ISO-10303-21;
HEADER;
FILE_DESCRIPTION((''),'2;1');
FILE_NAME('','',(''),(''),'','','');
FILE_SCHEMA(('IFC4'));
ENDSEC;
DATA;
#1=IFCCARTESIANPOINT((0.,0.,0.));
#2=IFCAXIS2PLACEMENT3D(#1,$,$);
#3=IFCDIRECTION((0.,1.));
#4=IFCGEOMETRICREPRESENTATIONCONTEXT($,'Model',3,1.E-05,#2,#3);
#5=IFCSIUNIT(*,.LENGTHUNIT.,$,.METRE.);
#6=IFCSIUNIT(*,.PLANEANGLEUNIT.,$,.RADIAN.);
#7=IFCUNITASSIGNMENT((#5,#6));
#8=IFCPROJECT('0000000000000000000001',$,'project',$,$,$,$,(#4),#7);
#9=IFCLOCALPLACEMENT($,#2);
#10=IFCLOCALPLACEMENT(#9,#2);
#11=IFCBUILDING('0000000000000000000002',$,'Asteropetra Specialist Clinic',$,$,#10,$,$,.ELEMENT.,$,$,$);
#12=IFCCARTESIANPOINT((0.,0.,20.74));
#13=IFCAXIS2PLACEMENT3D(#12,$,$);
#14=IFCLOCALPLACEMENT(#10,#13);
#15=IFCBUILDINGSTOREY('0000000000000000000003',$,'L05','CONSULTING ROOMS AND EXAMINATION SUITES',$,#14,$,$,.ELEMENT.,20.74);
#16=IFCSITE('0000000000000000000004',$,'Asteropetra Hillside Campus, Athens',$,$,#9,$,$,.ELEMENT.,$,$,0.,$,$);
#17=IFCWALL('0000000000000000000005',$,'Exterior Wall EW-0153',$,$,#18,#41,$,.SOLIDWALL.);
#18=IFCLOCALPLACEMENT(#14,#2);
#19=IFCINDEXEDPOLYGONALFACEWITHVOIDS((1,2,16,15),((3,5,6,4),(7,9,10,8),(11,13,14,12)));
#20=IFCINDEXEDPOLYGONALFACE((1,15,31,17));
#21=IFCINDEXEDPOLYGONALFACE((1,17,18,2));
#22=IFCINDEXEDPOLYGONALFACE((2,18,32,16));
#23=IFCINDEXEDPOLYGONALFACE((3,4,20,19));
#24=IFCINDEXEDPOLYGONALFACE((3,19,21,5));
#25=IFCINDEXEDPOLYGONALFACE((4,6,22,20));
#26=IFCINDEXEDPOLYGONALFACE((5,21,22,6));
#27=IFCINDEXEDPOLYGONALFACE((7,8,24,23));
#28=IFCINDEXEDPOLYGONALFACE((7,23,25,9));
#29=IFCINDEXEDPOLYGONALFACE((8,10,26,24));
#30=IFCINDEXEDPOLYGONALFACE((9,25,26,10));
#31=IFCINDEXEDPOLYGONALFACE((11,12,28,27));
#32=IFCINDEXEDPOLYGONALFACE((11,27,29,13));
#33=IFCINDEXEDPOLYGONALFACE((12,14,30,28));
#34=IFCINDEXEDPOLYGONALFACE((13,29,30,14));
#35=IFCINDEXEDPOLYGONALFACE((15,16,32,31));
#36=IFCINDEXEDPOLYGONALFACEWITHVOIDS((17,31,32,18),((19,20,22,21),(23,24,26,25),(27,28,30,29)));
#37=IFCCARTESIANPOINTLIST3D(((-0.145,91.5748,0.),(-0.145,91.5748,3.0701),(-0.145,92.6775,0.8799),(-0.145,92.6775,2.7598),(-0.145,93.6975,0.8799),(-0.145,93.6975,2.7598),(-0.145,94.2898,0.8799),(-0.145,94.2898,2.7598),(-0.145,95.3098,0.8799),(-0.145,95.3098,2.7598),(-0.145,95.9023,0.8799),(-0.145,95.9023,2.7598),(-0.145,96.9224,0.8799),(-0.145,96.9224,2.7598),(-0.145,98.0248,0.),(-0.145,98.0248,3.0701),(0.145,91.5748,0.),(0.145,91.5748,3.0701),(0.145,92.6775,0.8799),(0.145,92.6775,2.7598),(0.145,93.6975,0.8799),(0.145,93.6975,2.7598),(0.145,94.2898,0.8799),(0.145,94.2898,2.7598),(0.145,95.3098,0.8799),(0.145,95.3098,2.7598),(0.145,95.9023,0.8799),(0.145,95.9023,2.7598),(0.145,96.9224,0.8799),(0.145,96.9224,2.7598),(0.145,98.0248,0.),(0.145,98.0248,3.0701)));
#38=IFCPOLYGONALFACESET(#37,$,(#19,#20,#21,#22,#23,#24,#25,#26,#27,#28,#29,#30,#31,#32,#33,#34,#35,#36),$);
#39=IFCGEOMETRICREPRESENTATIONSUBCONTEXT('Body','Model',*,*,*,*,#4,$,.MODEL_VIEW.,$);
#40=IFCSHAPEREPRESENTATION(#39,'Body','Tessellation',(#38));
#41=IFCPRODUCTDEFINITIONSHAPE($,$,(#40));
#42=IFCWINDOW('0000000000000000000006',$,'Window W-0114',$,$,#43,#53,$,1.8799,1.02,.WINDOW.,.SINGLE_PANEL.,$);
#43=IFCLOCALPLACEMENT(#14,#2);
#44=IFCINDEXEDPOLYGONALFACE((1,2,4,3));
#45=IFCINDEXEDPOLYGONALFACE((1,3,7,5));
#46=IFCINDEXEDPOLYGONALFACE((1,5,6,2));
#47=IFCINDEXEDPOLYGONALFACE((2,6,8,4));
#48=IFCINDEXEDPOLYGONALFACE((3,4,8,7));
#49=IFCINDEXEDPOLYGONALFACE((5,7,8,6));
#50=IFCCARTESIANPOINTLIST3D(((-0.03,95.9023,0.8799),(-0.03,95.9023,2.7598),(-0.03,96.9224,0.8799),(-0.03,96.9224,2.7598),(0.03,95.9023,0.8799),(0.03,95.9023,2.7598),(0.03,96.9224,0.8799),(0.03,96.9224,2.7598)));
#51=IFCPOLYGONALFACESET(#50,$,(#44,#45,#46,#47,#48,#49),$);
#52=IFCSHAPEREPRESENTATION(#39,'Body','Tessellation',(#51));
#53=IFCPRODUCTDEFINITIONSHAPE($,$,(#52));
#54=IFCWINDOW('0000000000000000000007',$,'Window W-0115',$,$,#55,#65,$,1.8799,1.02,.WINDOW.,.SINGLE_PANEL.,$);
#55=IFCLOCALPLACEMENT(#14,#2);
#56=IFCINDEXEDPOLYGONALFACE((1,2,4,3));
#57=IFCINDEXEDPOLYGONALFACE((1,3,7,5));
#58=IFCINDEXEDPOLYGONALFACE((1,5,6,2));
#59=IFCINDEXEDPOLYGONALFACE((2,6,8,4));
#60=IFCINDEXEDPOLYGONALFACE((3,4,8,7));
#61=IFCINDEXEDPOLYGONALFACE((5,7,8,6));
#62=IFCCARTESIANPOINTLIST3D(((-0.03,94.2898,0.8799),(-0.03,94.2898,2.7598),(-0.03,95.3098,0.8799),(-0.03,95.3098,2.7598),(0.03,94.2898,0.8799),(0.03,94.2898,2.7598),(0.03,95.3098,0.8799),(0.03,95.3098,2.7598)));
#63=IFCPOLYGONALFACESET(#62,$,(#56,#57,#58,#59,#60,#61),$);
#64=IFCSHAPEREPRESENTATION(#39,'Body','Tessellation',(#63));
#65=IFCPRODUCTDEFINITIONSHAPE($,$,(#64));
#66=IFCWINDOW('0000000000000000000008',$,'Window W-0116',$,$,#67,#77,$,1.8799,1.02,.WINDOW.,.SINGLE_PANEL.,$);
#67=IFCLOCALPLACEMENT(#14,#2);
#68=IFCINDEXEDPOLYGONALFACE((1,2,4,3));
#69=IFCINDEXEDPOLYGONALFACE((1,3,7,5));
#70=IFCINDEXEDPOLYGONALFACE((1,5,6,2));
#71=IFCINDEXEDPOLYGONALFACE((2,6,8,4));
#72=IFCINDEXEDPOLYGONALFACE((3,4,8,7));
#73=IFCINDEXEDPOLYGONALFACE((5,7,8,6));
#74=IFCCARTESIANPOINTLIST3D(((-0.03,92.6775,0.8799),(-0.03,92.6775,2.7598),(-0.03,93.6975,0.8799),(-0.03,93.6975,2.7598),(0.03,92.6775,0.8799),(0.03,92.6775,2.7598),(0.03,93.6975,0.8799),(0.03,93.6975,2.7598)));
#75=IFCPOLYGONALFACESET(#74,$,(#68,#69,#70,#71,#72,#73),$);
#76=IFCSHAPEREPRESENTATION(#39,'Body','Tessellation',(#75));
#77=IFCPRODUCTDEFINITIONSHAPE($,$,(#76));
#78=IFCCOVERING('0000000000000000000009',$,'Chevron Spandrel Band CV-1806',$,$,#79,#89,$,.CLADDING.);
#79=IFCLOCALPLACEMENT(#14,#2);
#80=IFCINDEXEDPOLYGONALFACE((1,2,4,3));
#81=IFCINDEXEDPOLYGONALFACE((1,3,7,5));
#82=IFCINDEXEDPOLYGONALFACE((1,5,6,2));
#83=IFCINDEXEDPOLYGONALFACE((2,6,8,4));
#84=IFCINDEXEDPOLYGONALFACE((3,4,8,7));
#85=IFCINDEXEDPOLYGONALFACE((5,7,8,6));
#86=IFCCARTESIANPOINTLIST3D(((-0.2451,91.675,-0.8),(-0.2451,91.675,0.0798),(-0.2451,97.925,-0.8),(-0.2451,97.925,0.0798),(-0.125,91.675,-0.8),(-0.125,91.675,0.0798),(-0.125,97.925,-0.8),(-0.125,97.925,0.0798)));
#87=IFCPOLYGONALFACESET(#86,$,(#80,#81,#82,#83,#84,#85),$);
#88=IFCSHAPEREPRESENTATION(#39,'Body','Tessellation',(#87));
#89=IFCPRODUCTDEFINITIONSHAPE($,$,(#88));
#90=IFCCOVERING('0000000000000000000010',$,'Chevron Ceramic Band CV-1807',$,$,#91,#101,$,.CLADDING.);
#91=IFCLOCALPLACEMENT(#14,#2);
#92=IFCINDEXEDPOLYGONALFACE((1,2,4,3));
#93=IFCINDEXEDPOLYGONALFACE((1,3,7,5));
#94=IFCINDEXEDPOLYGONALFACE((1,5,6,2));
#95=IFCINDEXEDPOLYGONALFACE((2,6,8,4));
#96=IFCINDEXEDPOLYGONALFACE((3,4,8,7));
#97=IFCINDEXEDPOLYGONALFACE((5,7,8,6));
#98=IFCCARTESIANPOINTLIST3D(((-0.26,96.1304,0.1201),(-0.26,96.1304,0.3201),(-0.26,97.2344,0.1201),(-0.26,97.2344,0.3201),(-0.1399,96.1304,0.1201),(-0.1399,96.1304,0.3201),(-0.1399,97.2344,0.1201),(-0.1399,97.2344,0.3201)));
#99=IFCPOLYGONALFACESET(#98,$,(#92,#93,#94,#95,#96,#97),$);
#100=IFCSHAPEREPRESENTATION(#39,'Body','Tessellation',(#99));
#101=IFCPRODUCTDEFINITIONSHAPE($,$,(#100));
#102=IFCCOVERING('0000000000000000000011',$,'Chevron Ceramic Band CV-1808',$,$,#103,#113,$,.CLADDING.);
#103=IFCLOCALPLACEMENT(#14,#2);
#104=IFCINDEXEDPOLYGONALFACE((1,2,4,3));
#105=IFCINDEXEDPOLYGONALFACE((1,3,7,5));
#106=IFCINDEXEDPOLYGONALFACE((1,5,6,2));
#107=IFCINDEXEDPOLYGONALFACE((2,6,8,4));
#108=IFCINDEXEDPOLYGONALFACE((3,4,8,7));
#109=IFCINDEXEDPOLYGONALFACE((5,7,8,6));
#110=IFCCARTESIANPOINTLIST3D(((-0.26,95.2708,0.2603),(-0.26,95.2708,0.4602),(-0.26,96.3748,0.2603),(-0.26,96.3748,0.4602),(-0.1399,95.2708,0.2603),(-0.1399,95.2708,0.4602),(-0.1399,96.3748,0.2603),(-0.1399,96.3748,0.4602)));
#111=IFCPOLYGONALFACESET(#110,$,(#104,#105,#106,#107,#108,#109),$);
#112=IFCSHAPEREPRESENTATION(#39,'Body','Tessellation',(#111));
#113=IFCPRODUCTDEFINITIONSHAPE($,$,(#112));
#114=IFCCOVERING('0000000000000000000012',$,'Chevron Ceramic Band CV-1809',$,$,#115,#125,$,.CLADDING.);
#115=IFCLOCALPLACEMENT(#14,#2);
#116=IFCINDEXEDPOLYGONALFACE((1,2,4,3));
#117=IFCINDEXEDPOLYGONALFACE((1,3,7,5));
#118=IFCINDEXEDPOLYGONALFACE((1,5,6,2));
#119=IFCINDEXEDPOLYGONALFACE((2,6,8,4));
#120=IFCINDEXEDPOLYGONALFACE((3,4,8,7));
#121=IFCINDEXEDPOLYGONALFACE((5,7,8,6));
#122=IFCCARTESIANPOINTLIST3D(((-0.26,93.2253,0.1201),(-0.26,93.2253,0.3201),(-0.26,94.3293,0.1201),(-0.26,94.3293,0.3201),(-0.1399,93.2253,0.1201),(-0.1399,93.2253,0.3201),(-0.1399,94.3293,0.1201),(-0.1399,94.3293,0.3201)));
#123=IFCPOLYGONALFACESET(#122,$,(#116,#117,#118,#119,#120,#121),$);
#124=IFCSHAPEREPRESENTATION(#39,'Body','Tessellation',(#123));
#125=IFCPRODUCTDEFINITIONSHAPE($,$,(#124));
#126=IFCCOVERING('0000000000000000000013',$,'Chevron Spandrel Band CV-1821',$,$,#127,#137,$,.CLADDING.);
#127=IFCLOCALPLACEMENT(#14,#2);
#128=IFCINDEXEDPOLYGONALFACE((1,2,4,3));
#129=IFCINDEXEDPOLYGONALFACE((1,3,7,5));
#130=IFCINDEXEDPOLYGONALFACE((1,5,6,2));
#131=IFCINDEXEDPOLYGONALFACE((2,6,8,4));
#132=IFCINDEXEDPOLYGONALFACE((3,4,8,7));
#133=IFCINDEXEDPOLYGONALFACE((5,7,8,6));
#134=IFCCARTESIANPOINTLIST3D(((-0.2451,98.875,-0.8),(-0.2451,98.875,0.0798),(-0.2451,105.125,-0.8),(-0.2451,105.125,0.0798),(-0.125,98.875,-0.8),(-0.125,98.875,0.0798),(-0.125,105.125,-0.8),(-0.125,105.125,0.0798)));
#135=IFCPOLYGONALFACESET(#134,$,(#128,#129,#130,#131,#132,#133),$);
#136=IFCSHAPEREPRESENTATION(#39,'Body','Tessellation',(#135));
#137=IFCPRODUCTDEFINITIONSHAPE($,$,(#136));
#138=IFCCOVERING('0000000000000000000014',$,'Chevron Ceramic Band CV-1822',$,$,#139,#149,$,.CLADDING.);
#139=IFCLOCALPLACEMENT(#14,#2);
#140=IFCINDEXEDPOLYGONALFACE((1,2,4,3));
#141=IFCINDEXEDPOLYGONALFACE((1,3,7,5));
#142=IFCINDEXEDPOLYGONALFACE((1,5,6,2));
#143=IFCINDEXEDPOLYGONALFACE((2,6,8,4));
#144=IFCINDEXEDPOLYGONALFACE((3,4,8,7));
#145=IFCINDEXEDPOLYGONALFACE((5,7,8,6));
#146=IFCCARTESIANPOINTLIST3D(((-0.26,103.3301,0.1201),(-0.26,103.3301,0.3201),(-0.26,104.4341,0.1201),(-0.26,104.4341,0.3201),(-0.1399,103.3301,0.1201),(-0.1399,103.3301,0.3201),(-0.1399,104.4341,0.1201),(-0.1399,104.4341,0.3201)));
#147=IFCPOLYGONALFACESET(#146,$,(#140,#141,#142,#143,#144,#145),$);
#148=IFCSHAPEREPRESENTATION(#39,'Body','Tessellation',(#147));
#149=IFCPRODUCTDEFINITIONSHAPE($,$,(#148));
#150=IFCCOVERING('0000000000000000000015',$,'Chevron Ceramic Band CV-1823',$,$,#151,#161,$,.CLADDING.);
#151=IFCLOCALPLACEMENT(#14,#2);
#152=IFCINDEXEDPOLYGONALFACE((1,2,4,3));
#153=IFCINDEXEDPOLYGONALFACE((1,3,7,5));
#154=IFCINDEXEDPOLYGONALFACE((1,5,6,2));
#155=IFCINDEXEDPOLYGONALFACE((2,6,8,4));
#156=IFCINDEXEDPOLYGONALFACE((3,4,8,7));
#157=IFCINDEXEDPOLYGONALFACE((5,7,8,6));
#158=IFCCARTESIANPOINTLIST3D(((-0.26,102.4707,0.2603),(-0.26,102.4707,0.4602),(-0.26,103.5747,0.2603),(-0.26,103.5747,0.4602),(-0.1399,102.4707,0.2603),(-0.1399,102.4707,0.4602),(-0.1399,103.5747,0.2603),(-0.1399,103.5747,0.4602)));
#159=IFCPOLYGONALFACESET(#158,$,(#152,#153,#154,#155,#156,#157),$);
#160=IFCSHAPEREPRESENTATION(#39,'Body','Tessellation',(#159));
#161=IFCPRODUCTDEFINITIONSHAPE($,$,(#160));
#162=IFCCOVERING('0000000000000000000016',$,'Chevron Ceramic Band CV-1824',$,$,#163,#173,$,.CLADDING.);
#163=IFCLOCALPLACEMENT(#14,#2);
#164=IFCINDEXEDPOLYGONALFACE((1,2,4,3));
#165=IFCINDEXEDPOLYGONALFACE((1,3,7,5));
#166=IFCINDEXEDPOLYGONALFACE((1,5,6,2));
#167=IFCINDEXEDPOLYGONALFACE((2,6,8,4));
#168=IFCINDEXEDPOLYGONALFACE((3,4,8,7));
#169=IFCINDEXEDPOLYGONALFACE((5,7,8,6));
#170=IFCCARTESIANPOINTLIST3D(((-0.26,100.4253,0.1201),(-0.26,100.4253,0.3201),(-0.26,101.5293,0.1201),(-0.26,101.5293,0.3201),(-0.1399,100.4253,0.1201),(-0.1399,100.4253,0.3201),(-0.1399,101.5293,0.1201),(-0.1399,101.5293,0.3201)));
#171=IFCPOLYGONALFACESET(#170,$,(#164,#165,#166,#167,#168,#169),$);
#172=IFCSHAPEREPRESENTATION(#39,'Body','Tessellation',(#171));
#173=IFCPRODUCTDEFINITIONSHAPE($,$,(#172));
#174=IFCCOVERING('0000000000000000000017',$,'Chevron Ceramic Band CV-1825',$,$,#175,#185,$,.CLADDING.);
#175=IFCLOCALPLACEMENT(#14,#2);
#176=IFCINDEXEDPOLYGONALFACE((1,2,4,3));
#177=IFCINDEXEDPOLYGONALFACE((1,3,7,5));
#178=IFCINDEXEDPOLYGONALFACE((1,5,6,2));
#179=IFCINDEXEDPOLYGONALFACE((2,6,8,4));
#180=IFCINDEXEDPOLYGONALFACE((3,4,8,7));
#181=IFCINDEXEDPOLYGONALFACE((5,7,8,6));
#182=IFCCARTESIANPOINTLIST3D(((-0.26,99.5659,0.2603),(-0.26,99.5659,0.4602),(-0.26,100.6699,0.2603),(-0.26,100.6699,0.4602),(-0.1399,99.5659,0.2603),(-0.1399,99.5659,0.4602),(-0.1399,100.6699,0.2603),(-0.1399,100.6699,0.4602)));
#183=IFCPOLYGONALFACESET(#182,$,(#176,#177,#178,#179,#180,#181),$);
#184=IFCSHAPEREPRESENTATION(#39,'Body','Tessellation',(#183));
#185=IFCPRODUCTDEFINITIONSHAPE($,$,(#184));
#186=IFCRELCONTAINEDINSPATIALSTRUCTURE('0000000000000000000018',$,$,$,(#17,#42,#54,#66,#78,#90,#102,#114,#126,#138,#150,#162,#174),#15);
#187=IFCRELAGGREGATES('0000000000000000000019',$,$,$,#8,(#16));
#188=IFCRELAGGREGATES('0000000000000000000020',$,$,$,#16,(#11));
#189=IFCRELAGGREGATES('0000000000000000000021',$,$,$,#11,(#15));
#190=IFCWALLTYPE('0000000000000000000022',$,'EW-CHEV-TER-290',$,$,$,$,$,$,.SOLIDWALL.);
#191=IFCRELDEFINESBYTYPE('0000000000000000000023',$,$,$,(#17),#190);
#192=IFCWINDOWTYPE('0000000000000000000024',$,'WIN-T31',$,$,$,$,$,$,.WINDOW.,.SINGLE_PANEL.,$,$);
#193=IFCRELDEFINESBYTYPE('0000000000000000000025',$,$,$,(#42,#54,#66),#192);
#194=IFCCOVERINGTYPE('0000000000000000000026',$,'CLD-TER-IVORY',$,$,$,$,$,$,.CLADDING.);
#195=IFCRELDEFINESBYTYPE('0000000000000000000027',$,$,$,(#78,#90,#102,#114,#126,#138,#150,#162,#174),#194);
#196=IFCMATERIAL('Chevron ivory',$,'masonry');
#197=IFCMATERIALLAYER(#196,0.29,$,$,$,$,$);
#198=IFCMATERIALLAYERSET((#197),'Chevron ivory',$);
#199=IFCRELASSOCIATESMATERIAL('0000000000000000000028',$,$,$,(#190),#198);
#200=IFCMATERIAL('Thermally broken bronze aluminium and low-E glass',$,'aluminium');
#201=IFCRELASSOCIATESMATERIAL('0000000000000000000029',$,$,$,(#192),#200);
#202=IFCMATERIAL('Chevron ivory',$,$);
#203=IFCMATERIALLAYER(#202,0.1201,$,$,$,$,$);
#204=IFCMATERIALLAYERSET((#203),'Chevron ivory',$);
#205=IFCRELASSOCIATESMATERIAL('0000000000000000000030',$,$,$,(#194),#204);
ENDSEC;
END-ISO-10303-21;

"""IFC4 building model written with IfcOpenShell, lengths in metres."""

from ifc_helpers import new_model, si_unit, direction, frame, frame_2d, origin, origin_2d, place, context, subcontext, project, spatial, rectangle, extrude, material, layer, layer_set, type_object, element, fill, save


model = new_model("IFC4")

# Units and contexts
model_context = context("Model", 3, precision=1e-05, world=origin(), true_north=direction((0.0, 1.0)))
body_context = subcontext(model_context, "Body", "Model", "MODEL_VIEW")
ifc_project = project(units=[si_unit("LENGTHUNIT", "METRE"), si_unit("PLANEANGLEUNIT", "RADIAN")], contexts=[model_context])

# Site, building, storey
site_placement = place(None, origin())
site = spatial("IfcSite", under=ifc_project, at=site_placement, Name="Asteropetra Hillside Campus, Athens", CompositionType="ELEMENT", RefElevation=0.0)
building_placement = place(site_placement, origin())
building = spatial("IfcBuilding", under=site, at=building_placement, Name="Asteropetra Specialist Clinic", CompositionType="ELEMENT")
storey_placement = place(building_placement, frame((0.0, 0.0, 20.74)))
storey = spatial("IfcBuildingStorey", under=building, at=storey_placement, Name="L05", Description="CONSULTING ROOMS AND EXAMINATION SUITES", CompositionType="ELEMENT", Elevation=20.74)

# Wall, openings, windows
ifc_material_1 = material(Name="Chevron ivory", Category="masonry")
ifc_layer_1 = layer(ifc_material_1, 0.29)
ifc_layer_set_1 = layer_set([ifc_layer_1], Name="Chevron ivory")
wall_type = type_object("IfcWallType", Name="EW-CHEV-TER-290", PredefinedType="SOLIDWALL", material=ifc_layer_set_1)
wall_placement = place(storey_placement, frame((0.0, 98.0249, 0.0), z_axis=(0.0, 0.0, 1.0), x_axis=(0.0, -1.0, 0.0)))
wall = element("IfcWall", 1, at=wall_placement, inside=storey, type_object=wall_type, Name="Exterior Wall EW-0153", PredefinedType="SOLIDWALL", context=body_context, shape_type="SweptSolid", body=[
    extrude(rectangle(XDim=6.45, YDim=0.29, at=frame_2d((3.2251, 0.0))), origin(), (0.0, 0.0, 1.0), 3.0701),
])
opening_1_placement = place(wall_placement, frame((1.1025, 0.0, 0.8799)))
opening_1 = element("IfcOpeningElement", 2, at=opening_1_placement, cuts=wall, PredefinedType="OPENING", context=body_context, shape_type="SweptSolid", body=[
    extrude(rectangle(XDim=1.02, YDim=1.8799, at=frame_2d((0.51, 0.9399))), frame((0.0, 0.155, 0.0), z_axis=(0.0, -1.0, 0.0), x_axis=(1.0, 0.0, 0.0)), (0.0, 0.0, 1.0), 0.3101),
])
opening_2_placement = place(wall_placement, frame((2.7151, 0.0, 0.8799)))
opening_2 = element("IfcOpeningElement", 3, at=opening_2_placement, cuts=wall, PredefinedType="OPENING", context=body_context, shape_type="SweptSolid", body=[
    extrude(rectangle(XDim=1.02, YDim=1.8799, at=frame_2d((0.51, 0.9399))), frame((0.0, 0.155, 0.0), z_axis=(0.0, -1.0, 0.0), x_axis=(1.0, 0.0, 0.0)), (0.0, 0.0, 1.0), 0.3101),
])
opening_3_placement = place(wall_placement, frame((4.3274, 0.0, 0.8799)))
opening_3 = element("IfcOpeningElement", 4, at=opening_3_placement, cuts=wall, PredefinedType="OPENING", context=body_context, shape_type="SweptSolid", body=[
    extrude(rectangle(XDim=1.02, YDim=1.8799, at=frame_2d((0.51, 0.9399))), frame((0.0, 0.155, 0.0), z_axis=(0.0, -1.0, 0.0), x_axis=(1.0, 0.0, 0.0)), (0.0, 0.0, 1.0), 0.3101),
])
ifc_material_2 = material(Name="Thermally broken bronze aluminium and low-E glass", Category="aluminium")
window_type = type_object("IfcWindowType", Name="WIN-T31", PartitioningType="SINGLE_PANEL", PredefinedType="WINDOW", material=ifc_material_2)
window_1_placement = place(opening_1_placement, origin())
window_1 = element("IfcWindow", 5, at=window_1_placement, inside=storey, type_object=window_type, Name="Window W-0114", OverallHeight=1.8799, OverallWidth=1.02, PartitioningType="SINGLE_PANEL", PredefinedType="WINDOW", context=body_context, shape_type="SweptSolid", body=[
    extrude(rectangle(XDim=1.02, YDim=1.8799, at=frame_2d((0.51, 0.9399))), frame((0.0, 0.03, 0.0), z_axis=(0.0, -1.0, 0.0), x_axis=(1.0, 0.0, 0.0)), (0.0, 0.0, 1.0), 0.0601),
])
fill(opening_1, window_1)
window_2_placement = place(opening_2_placement, origin())
window_2 = element("IfcWindow", 6, at=window_2_placement, inside=storey, type_object=window_type, Name="Window W-0115", OverallHeight=1.8799, OverallWidth=1.02, PartitioningType="SINGLE_PANEL", PredefinedType="WINDOW", context=body_context, shape_type="SweptSolid", body=[
    extrude(rectangle(XDim=1.02, YDim=1.8799, at=frame_2d((0.51, 0.9399))), frame((0.0, 0.03, 0.0), z_axis=(0.0, -1.0, 0.0), x_axis=(1.0, 0.0, 0.0)), (0.0, 0.0, 1.0), 0.0601),
])
fill(opening_2, window_2)
window_3_placement = place(opening_3_placement, origin())
window_3 = element("IfcWindow", 7, at=window_3_placement, inside=storey, type_object=window_type, Name="Window W-0116", OverallHeight=1.8799, OverallWidth=1.02, PartitioningType="SINGLE_PANEL", PredefinedType="WINDOW", context=body_context, shape_type="SweptSolid", body=[
    extrude(rectangle(XDim=1.02, YDim=1.8799, at=frame_2d((0.51, 0.9399))), frame((0.0, 0.03, 0.0), z_axis=(0.0, -1.0, 0.0), x_axis=(1.0, 0.0, 0.0)), (0.0, 0.0, 1.0), 0.0601),
])
fill(opening_3, window_3)

# Coverings
ifc_material_3 = material(Name="Chevron ivory")
ifc_layer_2 = layer(ifc_material_3, 0.1201)
ifc_layer_set_2 = layer_set([ifc_layer_2], Name="Chevron ivory")
covering_type_1 = type_object("IfcCoveringType", Name="CLD-TER-IVORY", PredefinedType="CLADDING", material=ifc_layer_set_2)
covering_1_placement = place(storey_placement, frame((-0.1851, 94.8, -0.8), z_axis=(0.0, 0.0, 1.0), x_axis=(1.0, 0.0, 0.0)))
element("IfcCovering", 8, at=covering_1_placement, inside=storey, type_object=covering_type_1, Name="Chevron Spandrel Band CV-1806", PredefinedType="CLADDING", context=body_context, shape_type="SweptSolid", body=[
    extrude(rectangle(XDim=0.1201, YDim=6.25, at=origin_2d()), origin(), (0.0, 0.0, 1.0), 0.8799),
])
for number, where, z_axis, x_axis, name in (
    (9, (-0.2, 96.6824, 0.1201), (0.0, 0.0, 1.0), (1.0, 0.0, 0.0), "Chevron Ceramic Band CV-1807"),
    (10, (-0.2, 95.8228, 0.2603), (0.0, 0.0, 1.0), (1.0, 0.0, 0.0), "Chevron Ceramic Band CV-1808"),
    (11, (-0.2, 93.7773, 0.1201), (0.0, 0.0, 1.0), (1.0, 0.0, 0.0), "Chevron Ceramic Band CV-1809"),
):
    element("IfcCovering", number, at=place(storey_placement, frame(where, z_axis=z_axis, x_axis=x_axis)), inside=storey, type_object=covering_type_1, Name=name, PredefinedType="CLADDING", context=body_context, shape_type="SweptSolid", body=[
        extrude(rectangle(XDim=0.1201, YDim=1.104, at=origin_2d()), origin(), (0.0, 0.0, 1.0), 0.2),
    ])
covering_2_placement = place(storey_placement, frame((-0.1851, 102.0, -0.8), z_axis=(0.0, 0.0, 1.0), x_axis=(1.0, 0.0, 0.0)))
element("IfcCovering", 12, at=covering_2_placement, inside=storey, type_object=covering_type_1, Name="Chevron Spandrel Band CV-1821", PredefinedType="CLADDING", context=body_context, shape_type="SweptSolid", body=[
    extrude(rectangle(XDim=0.1201, YDim=6.25, at=origin_2d()), origin(), (0.0, 0.0, 1.0), 0.8799),
])
for number, where, z_axis, x_axis, name in (
    (13, (-0.2, 103.8821, 0.1201), (0.0, 0.0, 1.0), (1.0, 0.0, 0.0), "Chevron Ceramic Band CV-1822"),
    (14, (-0.2, 103.0227, 0.2603), (0.0, 0.0, 1.0), (1.0, 0.0, 0.0), "Chevron Ceramic Band CV-1823"),
    (15, (-0.2, 100.9773, 0.1201), (0.0, 0.0, 1.0), (1.0, 0.0, 0.0), "Chevron Ceramic Band CV-1824"),
    (16, (-0.2, 100.1179, 0.2603), (0.0, 0.0, 1.0), (1.0, 0.0, 0.0), "Chevron Ceramic Band CV-1825"),
):
    element("IfcCovering", number, at=place(storey_placement, frame(where, z_axis=z_axis, x_axis=x_axis)), inside=storey, type_object=covering_type_1, Name=name, PredefinedType="CLADDING", context=body_context, shape_type="SweptSolid", body=[
        extrude(rectangle(XDim=0.1201, YDim=1.104, at=origin_2d()), origin(), (0.0, 0.0, 1.0), 0.2),
    ])

save(model, "model.ifc")
